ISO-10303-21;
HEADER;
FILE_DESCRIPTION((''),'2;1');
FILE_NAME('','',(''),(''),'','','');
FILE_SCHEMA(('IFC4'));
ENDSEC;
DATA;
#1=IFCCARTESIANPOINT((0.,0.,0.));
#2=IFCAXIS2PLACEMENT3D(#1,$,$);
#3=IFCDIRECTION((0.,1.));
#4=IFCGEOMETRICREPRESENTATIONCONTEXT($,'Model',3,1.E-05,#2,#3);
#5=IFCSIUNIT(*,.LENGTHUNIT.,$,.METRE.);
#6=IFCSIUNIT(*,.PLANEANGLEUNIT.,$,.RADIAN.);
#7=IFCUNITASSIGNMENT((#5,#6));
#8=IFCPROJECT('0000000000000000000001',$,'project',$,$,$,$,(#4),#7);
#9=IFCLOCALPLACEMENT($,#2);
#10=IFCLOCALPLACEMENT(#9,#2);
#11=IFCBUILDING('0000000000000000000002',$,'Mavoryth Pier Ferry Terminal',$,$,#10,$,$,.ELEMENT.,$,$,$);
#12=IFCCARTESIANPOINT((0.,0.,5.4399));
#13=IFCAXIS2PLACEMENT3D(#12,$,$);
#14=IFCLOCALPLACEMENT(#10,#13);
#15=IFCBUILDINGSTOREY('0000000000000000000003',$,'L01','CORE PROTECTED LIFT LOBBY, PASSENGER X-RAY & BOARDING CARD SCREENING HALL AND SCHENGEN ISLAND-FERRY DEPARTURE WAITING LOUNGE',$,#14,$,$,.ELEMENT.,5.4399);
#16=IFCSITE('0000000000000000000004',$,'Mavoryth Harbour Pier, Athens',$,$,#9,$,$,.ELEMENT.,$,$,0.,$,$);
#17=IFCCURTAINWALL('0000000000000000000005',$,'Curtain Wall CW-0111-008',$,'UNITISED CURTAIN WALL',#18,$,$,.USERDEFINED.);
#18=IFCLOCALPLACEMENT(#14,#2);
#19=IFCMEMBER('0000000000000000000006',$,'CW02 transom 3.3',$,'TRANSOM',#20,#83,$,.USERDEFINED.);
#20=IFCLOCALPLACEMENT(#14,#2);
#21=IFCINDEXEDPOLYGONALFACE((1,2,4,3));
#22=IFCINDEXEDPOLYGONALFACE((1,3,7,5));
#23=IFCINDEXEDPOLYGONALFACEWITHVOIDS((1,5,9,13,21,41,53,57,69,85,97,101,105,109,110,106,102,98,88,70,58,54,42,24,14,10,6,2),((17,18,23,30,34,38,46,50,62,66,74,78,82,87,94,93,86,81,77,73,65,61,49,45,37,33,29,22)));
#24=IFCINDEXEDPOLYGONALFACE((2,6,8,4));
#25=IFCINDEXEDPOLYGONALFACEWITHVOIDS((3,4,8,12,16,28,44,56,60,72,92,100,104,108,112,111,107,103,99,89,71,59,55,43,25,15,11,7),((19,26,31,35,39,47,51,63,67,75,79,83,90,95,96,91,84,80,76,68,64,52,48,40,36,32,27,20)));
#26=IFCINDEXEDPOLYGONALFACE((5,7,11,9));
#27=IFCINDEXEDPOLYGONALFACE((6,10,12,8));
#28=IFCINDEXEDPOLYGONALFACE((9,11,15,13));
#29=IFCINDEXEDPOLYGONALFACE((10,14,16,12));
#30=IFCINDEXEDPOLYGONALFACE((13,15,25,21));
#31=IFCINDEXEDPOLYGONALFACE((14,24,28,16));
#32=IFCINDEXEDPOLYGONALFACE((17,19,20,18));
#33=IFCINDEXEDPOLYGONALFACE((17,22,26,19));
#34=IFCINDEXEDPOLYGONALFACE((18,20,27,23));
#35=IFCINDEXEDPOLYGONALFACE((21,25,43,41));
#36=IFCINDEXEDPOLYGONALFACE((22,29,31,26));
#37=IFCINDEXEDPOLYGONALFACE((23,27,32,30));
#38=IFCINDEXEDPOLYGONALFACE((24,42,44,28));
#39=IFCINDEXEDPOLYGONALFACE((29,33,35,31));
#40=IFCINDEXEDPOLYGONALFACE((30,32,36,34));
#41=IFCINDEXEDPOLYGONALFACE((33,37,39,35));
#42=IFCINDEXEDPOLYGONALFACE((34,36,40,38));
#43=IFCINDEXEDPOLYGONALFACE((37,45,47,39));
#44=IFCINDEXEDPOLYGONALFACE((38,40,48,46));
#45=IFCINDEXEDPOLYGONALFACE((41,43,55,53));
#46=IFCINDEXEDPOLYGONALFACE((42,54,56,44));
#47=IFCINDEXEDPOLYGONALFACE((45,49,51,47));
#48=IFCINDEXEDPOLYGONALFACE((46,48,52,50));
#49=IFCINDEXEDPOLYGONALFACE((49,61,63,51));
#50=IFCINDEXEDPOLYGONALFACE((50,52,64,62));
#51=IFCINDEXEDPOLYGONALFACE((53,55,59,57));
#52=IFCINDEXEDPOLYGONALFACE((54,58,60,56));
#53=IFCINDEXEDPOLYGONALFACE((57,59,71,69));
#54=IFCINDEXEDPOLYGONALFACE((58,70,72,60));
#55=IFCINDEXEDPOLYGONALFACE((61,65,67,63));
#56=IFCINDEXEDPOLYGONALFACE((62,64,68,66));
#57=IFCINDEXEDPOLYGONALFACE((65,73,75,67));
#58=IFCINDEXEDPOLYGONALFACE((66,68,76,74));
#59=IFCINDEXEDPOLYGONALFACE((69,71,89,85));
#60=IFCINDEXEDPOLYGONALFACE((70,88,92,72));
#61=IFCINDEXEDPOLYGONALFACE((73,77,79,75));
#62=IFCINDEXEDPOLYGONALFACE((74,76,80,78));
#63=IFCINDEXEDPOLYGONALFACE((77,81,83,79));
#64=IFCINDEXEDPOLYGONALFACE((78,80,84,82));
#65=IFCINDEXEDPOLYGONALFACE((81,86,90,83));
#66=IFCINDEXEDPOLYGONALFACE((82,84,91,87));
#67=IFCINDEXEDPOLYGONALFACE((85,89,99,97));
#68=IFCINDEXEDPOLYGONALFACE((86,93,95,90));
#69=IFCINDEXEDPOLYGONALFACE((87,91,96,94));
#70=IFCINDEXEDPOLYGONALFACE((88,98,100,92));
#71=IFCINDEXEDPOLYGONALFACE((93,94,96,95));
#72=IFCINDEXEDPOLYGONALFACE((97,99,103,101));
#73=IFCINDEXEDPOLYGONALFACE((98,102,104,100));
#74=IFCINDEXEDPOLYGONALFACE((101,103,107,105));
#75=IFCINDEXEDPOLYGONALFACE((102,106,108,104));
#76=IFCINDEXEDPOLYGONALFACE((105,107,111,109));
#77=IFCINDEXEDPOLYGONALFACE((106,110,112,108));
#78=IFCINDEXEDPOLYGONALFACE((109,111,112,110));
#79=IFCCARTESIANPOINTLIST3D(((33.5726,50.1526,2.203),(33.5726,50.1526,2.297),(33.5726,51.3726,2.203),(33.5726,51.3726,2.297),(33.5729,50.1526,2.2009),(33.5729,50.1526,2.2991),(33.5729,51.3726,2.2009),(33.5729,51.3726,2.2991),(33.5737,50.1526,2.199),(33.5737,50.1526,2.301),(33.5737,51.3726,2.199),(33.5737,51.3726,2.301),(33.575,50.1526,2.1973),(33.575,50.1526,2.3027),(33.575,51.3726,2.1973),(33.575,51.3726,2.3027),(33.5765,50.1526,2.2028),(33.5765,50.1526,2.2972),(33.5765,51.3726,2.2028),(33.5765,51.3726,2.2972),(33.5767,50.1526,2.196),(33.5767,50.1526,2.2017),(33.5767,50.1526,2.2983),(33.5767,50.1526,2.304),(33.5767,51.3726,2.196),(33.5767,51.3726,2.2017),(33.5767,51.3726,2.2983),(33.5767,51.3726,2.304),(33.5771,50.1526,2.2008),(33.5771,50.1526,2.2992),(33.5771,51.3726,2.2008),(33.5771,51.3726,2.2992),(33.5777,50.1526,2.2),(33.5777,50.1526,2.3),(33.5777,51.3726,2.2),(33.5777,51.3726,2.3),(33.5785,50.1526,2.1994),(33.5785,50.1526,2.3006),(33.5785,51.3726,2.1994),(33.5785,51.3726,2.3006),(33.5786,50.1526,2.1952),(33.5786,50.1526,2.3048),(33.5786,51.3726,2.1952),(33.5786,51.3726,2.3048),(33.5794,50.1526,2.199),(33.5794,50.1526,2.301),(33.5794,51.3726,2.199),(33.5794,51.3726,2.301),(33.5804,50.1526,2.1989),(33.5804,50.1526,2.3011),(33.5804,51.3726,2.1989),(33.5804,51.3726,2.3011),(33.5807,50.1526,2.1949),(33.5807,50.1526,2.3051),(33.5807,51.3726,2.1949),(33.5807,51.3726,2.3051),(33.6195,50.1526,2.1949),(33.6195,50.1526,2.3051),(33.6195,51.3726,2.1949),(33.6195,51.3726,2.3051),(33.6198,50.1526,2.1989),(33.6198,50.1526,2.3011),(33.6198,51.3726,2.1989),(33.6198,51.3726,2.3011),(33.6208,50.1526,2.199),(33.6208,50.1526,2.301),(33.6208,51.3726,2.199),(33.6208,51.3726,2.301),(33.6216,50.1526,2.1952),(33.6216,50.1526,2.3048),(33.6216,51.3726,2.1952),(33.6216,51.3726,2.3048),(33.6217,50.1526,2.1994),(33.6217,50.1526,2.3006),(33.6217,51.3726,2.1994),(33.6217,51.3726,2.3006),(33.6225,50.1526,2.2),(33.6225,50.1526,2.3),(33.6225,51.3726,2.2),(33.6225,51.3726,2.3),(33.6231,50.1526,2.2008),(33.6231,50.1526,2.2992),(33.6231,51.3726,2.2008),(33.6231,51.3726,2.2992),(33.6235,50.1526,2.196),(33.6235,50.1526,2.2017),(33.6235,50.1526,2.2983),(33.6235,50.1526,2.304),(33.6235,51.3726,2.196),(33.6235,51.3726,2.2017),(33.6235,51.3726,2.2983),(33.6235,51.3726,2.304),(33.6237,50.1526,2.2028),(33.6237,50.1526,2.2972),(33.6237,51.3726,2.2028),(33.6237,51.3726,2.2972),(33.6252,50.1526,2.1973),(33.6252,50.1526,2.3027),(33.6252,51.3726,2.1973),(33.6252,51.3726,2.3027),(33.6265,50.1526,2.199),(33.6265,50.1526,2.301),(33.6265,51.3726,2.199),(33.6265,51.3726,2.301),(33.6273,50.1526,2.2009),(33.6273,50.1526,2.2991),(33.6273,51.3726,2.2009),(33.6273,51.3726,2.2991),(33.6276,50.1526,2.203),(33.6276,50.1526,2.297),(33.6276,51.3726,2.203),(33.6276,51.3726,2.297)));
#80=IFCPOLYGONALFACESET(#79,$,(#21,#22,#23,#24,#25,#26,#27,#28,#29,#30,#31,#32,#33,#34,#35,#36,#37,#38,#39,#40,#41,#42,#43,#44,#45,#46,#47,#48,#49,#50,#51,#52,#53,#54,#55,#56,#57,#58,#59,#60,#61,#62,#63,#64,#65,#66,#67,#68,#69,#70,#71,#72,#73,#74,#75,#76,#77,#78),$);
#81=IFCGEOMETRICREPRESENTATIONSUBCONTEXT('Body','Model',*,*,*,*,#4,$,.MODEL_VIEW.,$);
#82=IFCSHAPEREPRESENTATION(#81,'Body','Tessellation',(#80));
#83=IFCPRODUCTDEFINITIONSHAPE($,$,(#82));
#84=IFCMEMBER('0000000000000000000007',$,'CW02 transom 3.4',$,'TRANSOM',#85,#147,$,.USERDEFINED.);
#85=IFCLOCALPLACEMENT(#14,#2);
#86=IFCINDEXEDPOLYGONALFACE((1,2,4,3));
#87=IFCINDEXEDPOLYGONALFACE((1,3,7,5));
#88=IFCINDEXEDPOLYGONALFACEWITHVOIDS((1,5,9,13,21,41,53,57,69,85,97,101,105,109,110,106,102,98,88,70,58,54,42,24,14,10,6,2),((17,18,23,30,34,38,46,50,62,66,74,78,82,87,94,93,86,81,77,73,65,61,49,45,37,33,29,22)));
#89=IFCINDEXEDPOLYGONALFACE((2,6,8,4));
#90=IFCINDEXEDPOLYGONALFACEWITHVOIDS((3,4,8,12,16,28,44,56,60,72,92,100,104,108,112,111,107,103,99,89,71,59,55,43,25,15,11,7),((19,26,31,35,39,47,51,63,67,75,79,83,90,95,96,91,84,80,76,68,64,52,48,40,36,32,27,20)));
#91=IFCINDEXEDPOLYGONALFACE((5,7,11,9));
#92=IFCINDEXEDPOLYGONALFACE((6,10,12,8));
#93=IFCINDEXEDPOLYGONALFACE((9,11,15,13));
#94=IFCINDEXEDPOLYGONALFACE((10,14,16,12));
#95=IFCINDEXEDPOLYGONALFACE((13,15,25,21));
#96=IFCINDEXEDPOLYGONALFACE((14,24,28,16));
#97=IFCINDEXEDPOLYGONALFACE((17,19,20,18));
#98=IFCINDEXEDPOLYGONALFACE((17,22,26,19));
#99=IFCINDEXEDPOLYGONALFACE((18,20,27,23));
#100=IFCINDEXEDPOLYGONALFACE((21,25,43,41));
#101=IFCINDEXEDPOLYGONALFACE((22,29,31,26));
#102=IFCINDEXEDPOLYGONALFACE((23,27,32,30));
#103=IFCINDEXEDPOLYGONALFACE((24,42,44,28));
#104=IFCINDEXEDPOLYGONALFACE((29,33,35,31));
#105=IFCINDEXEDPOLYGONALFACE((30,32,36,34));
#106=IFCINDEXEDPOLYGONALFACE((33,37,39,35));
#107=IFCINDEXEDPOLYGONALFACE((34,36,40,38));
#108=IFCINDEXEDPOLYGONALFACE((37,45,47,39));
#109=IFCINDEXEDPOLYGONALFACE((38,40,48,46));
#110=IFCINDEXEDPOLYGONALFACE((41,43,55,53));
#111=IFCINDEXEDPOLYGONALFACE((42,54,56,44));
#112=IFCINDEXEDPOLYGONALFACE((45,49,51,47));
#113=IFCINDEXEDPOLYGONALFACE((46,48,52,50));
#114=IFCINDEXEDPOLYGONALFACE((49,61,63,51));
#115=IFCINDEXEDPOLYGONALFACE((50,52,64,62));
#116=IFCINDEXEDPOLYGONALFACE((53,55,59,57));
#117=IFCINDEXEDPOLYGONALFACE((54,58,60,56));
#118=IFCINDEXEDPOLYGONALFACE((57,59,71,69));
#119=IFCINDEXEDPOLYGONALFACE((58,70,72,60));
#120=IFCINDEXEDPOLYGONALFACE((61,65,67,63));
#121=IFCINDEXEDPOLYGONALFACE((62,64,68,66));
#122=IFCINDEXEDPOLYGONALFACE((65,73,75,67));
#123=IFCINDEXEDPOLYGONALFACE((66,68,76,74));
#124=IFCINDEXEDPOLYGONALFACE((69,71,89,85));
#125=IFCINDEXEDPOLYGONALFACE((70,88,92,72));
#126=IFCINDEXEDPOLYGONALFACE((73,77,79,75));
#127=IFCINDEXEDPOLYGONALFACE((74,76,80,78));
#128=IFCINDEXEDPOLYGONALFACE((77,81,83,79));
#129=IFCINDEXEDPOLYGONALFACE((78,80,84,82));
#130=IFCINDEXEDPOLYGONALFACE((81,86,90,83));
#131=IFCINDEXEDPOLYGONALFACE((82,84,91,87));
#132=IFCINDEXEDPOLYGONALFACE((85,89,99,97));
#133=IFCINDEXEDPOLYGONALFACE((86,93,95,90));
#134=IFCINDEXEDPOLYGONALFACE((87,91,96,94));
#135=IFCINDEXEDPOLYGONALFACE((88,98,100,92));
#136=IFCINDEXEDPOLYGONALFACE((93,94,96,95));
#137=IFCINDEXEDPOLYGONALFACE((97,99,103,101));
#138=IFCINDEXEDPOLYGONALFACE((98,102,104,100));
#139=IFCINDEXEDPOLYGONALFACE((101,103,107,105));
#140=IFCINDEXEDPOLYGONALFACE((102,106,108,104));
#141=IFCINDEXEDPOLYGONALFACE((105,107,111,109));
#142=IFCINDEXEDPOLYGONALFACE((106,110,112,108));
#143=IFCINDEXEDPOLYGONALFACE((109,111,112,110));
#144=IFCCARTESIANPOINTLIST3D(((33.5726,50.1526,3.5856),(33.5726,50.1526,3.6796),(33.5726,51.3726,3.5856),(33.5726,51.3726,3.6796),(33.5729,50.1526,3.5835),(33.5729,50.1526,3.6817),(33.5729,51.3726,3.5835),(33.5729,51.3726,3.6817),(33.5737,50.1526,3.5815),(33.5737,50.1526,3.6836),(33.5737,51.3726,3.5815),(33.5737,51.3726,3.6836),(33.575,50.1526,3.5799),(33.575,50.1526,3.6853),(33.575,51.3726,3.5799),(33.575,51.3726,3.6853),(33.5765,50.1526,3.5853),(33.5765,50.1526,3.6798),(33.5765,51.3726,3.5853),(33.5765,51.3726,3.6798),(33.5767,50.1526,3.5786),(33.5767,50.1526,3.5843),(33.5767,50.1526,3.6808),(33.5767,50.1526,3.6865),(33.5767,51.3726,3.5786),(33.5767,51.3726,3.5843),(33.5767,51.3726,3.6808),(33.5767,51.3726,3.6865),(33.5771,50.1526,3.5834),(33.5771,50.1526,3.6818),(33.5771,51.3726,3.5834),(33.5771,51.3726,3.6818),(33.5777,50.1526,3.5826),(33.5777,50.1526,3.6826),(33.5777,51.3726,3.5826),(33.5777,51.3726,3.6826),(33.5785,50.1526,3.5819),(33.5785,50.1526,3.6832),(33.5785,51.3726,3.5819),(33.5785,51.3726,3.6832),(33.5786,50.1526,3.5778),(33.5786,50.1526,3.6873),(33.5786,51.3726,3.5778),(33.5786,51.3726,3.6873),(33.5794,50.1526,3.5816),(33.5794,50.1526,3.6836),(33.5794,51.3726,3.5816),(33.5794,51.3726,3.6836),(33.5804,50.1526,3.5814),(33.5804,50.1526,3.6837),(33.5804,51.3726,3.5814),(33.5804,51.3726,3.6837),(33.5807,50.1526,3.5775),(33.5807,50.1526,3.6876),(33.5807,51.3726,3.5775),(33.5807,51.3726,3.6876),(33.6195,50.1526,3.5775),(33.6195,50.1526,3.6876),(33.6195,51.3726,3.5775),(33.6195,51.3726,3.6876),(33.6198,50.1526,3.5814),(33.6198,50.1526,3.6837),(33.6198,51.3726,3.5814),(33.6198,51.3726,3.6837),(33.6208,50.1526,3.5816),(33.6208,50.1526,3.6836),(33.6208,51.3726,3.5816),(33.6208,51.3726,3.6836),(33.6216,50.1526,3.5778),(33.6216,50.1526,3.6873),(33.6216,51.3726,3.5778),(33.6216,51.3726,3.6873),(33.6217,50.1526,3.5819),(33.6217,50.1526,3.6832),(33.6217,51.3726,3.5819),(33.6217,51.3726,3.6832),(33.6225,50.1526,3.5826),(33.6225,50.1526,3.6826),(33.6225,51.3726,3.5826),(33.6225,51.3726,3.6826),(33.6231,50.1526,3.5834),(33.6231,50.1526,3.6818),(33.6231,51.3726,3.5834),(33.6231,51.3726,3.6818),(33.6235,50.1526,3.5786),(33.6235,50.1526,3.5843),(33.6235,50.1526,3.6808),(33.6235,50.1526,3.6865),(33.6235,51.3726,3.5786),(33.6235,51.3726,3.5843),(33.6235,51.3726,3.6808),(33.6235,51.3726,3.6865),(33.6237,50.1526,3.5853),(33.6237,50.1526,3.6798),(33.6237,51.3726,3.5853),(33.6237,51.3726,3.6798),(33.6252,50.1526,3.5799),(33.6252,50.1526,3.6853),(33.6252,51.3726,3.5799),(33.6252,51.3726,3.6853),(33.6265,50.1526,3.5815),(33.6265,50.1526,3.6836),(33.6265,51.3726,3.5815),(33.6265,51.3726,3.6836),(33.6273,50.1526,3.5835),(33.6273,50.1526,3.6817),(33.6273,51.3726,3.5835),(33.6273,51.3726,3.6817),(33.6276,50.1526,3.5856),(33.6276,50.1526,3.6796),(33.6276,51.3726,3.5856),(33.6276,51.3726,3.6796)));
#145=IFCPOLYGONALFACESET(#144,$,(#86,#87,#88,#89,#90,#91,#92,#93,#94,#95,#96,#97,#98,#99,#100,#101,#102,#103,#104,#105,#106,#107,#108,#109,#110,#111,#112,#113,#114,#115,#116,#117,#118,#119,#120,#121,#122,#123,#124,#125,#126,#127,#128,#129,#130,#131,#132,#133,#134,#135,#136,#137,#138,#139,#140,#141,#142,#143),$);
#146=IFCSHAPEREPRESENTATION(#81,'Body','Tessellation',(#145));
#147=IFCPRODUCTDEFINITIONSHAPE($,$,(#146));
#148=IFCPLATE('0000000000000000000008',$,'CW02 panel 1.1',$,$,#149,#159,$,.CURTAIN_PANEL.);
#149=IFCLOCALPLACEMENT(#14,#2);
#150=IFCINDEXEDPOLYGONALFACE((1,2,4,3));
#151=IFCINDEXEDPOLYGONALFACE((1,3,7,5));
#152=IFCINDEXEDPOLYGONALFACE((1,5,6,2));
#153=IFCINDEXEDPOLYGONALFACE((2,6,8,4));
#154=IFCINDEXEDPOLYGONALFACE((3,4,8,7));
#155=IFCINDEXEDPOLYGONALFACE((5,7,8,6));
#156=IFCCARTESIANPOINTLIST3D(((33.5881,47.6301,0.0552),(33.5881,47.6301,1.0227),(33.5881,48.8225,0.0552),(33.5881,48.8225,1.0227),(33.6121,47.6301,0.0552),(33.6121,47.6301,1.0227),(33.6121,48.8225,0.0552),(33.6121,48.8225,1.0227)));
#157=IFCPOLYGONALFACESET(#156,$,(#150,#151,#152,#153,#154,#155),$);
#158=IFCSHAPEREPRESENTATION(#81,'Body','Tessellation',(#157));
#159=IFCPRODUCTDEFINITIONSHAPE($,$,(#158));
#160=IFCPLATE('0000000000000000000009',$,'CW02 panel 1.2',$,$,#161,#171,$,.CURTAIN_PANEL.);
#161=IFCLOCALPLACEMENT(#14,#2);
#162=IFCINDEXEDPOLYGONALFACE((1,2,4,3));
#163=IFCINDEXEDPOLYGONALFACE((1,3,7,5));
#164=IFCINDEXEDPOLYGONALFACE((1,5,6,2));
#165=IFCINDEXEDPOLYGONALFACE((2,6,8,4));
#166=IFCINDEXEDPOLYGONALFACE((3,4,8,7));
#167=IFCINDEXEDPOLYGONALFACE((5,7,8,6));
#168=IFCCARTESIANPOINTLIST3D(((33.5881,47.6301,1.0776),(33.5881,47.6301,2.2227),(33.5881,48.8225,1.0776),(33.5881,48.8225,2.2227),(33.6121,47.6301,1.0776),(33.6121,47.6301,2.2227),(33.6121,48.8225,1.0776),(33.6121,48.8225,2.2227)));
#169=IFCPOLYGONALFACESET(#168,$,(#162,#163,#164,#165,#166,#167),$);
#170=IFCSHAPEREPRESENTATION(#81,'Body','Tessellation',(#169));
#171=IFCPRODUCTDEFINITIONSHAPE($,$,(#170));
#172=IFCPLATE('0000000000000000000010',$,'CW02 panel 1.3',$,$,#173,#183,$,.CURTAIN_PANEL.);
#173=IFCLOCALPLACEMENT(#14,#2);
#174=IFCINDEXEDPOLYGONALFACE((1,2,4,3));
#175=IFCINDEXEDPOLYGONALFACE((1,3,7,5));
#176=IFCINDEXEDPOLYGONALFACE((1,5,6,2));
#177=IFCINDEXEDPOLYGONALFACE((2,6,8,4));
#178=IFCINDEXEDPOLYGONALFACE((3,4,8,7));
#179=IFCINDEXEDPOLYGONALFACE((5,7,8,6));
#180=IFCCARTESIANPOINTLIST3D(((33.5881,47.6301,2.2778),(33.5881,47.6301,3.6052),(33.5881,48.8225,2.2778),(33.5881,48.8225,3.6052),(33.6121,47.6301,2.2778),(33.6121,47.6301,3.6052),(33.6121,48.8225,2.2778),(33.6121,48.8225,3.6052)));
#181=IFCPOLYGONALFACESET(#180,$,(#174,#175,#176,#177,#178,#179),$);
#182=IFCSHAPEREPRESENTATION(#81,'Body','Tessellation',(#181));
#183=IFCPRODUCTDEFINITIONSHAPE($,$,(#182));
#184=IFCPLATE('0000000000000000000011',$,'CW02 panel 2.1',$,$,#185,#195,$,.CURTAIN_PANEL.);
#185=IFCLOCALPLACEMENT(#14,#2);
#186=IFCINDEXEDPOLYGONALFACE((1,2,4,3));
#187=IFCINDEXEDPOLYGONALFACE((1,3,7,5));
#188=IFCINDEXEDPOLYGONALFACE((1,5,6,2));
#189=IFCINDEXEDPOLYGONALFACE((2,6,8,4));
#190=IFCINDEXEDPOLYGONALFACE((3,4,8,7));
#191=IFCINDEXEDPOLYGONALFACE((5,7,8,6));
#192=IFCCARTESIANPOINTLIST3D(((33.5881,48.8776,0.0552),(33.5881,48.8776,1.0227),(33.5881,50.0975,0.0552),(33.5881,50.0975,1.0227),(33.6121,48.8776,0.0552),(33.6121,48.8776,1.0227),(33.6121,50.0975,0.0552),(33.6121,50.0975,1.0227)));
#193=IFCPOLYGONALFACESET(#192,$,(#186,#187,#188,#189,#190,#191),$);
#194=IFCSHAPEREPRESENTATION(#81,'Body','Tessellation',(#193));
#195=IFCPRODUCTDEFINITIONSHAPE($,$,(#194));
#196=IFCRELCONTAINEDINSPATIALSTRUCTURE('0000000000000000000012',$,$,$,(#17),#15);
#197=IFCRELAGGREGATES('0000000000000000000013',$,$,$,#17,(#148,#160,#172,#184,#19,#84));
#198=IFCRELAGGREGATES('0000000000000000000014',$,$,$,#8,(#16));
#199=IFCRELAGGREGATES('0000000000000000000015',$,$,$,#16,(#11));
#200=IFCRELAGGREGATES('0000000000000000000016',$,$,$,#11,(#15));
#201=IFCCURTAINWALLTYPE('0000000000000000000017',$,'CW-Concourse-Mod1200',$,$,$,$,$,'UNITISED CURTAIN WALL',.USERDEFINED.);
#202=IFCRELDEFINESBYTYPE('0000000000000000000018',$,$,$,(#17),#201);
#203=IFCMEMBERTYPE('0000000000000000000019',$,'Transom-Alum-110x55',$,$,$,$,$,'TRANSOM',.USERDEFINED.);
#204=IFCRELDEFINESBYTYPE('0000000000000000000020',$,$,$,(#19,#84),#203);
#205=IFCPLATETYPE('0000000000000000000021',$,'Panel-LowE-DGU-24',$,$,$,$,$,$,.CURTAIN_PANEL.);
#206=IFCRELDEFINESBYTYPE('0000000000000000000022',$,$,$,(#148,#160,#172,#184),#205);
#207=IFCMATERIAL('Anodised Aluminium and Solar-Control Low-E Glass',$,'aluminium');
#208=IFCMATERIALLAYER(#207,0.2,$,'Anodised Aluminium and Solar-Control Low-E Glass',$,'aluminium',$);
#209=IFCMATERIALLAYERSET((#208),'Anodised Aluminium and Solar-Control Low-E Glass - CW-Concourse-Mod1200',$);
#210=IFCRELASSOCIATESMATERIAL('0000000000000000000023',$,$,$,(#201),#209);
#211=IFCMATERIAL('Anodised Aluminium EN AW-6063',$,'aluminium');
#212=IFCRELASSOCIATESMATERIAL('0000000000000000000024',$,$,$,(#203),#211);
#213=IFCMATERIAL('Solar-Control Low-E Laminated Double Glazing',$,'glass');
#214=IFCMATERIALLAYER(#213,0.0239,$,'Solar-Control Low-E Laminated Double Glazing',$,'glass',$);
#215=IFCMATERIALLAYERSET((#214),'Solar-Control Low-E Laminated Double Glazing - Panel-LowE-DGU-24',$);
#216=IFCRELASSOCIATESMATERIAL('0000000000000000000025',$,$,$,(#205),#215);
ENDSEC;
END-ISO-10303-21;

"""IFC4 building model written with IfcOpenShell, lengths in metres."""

from ifc_helpers import new_model, si_unit, direction, frame, origin, origin_2d, place, context, subcontext, project, spatial, rectangle, hollow_rectangle, extrude, material, layer, layer_set, material_profile, profile_set, type_object, element, aggregate, save


model = new_model("IFC4")

# Units and contexts
model_context = context("Model", 3, precision=1e-05, world=origin(), true_north=direction((0.0, 1.0)))
body_context = subcontext(model_context, "Body", "Model", "MODEL_VIEW")
ifc_project = project(units=[si_unit("LENGTHUNIT", "METRE"), si_unit("PLANEANGLEUNIT", "RADIAN")], contexts=[model_context])

# Site, building, storey
site_placement = place(None, origin())
site = spatial("IfcSite", under=ifc_project, at=site_placement, Name="Mavoryth Harbour Pier, Athens", CompositionType="ELEMENT", RefElevation=0.0)
building_placement = place(site_placement, origin())
building = spatial("IfcBuilding", under=site, at=building_placement, Name="Mavoryth Pier Ferry Terminal", CompositionType="ELEMENT")
storey_placement = place(building_placement, frame((0.0, 0.0, 5.4399)))
storey = spatial("IfcBuildingStorey", under=building, at=storey_placement, Name="L01", Description="CORE PROTECTED LIFT LOBBY, PASSENGER X-RAY & BOARDING CARD SCREENING HALL AND SCHENGEN ISLAND-FERRY DEPARTURE WAITING LOUNGE", CompositionType="ELEMENT", Elevation=5.4399)

# Curtain wall
ifc_material_1 = material(Name="Anodised Aluminium and Solar-Control Low-E Glass", Category="aluminium")
ifc_layer_1 = layer(ifc_material_1, 0.2, Name="Anodised Aluminium and Solar-Control Low-E Glass", Category="aluminium")
ifc_layer_set_1 = layer_set([ifc_layer_1], Name="Anodised Aluminium and Solar-Control Low-E Glass - CW-Concourse-Mod1200")
curtain_wall_type = type_object("IfcCurtainWallType", Name="CW-Concourse-Mod1200", ElementType="UNITISED CURTAIN WALL", PredefinedType="USERDEFINED", material=ifc_layer_set_1)
curtain_wall_placement = place(storey_placement, origin())
curtain_wall = element("IfcCurtainWall", 1, at=curtain_wall_placement, inside=storey, type_object=curtain_wall_type, Name="Curtain Wall CW-0111-008", ObjectType="UNITISED CURTAIN WALL", PredefinedType="USERDEFINED")
ifc_material_2 = material(Name="Anodised Aluminium EN AW-6063", Category="aluminium")

# Members
ifc_material_profile_1 = material_profile(ifc_material_2, hollow_rectangle(XDim=0.0549, YDim=0.1101, WallThickness=0.0039, InnerFilletRadius=0.0039, OuterFilletRadius=0.0081, at=origin_2d()), Name="AL-TRAN 110x55x4", Category="aluminium")
ifc_profile_set_1 = profile_set([ifc_material_profile_1], Name="Anodised Aluminium EN AW-6063 - AL-TRAN 110x55x4")
member_type_1 = type_object("IfcMemberType", Name="Transom-Alum-110x55", ElementType="TRANSOM", PredefinedType="USERDEFINED", material=ifc_profile_set_1)
member_1_placement = place(storey_placement, frame((33.6001, 50.1526, 2.25), z_axis=(0.0, 1.0, 0.0), x_axis=(-1.0, 0.0, 0.0)))
member_1 = element("IfcMember", 2, at=member_1_placement, type_object=member_type_1, Name="CW02 transom 3.3", ObjectType="TRANSOM", PredefinedType="USERDEFINED", context=body_context, shape_type="SweptSolid", body=[
    extrude(hollow_rectangle(XDim=0.0549, YDim=0.1101, WallThickness=0.0039, InnerFilletRadius=0.0039, OuterFilletRadius=0.0081, at=origin_2d()), origin(), (0.0, 0.0, 1.0), 1.22),
])
member_2_placement = place(storey_placement, frame((33.6001, 50.1526, 3.6326), z_axis=(0.0, 1.0, 0.0), x_axis=(-1.0, 0.0, 0.0)))
member_2 = element("IfcMember", 3, at=member_2_placement, type_object=member_type_1, Name="CW02 transom 3.4", ObjectType="TRANSOM", PredefinedType="USERDEFINED", context=body_context, shape_type="SweptSolid", body=[
    extrude(hollow_rectangle(XDim=0.0549, YDim=0.1101, WallThickness=0.0039, InnerFilletRadius=0.0039, OuterFilletRadius=0.0081, at=origin_2d()), origin(), (0.0, 0.0, 1.0), 1.22),
])

# Plates
ifc_material_3 = material(Name="Solar-Control Low-E Laminated Double Glazing", Category="glass")
ifc_layer_2 = layer(ifc_material_3, 0.0239, Name="Solar-Control Low-E Laminated Double Glazing", Category="glass")
ifc_layer_set_2 = layer_set([ifc_layer_2], Name="Solar-Control Low-E Laminated Double Glazing - Panel-LowE-DGU-24")
plate_type = type_object("IfcPlateType", Name="Panel-LowE-DGU-24", PredefinedType="CURTAIN_PANEL", material=ifc_layer_set_2)
plate_1_placement = place(storey_placement, frame((33.6001, 48.2263, 0.0552), z_axis=(0.0, 0.0, 1.0), x_axis=(0.0, 1.0, 0.0)))
plate_1 = element("IfcPlate", 4, at=plate_1_placement, type_object=plate_type, Name="CW02 panel 1.1", PredefinedType="CURTAIN_PANEL", context=body_context, shape_type="SweptSolid", body=[
    extrude(rectangle(XDim=1.1924, YDim=0.0239, at=origin_2d()), origin(), (0.0, 0.0, 1.0), 0.9675),
])
plate_2_placement = place(storey_placement, frame((33.6001, 48.2263, 1.0776), z_axis=(0.0, 0.0, 1.0), x_axis=(0.0, 1.0, 0.0)))
plate_2 = element("IfcPlate", 5, at=plate_2_placement, type_object=plate_type, Name="CW02 panel 1.2", PredefinedType="CURTAIN_PANEL", context=body_context, shape_type="SweptSolid", body=[
    extrude(rectangle(XDim=1.1924, YDim=0.0239, at=origin_2d()), origin(), (0.0, 0.0, 1.0), 1.145),
])
plate_3_placement = place(storey_placement, frame((33.6001, 48.2263, 2.2778), z_axis=(0.0, 0.0, 1.0), x_axis=(0.0, 1.0, 0.0)))
plate_3 = element("IfcPlate", 6, at=plate_3_placement, type_object=plate_type, Name="CW02 panel 1.3", PredefinedType="CURTAIN_PANEL", context=body_context, shape_type="SweptSolid", body=[
    extrude(rectangle(XDim=1.1924, YDim=0.0239, at=origin_2d()), origin(), (0.0, 0.0, 1.0), 1.3274),
])
plate_4_placement = place(storey_placement, frame((33.6001, 49.4875, 0.0552), z_axis=(0.0, 0.0, 1.0), x_axis=(0.0, 1.0, 0.0)))
plate_4 = element("IfcPlate", 7, at=plate_4_placement, type_object=plate_type, Name="CW02 panel 2.1", PredefinedType="CURTAIN_PANEL", context=body_context, shape_type="SweptSolid", body=[
    extrude(rectangle(XDim=1.22, YDim=0.0239, at=origin_2d()), origin(), (0.0, 0.0, 1.0), 0.9675),
])
aggregate(curtain_wall, [plate_1, plate_2, plate_3, plate_4, member_1, member_2])

save(model, "model.ifc")
